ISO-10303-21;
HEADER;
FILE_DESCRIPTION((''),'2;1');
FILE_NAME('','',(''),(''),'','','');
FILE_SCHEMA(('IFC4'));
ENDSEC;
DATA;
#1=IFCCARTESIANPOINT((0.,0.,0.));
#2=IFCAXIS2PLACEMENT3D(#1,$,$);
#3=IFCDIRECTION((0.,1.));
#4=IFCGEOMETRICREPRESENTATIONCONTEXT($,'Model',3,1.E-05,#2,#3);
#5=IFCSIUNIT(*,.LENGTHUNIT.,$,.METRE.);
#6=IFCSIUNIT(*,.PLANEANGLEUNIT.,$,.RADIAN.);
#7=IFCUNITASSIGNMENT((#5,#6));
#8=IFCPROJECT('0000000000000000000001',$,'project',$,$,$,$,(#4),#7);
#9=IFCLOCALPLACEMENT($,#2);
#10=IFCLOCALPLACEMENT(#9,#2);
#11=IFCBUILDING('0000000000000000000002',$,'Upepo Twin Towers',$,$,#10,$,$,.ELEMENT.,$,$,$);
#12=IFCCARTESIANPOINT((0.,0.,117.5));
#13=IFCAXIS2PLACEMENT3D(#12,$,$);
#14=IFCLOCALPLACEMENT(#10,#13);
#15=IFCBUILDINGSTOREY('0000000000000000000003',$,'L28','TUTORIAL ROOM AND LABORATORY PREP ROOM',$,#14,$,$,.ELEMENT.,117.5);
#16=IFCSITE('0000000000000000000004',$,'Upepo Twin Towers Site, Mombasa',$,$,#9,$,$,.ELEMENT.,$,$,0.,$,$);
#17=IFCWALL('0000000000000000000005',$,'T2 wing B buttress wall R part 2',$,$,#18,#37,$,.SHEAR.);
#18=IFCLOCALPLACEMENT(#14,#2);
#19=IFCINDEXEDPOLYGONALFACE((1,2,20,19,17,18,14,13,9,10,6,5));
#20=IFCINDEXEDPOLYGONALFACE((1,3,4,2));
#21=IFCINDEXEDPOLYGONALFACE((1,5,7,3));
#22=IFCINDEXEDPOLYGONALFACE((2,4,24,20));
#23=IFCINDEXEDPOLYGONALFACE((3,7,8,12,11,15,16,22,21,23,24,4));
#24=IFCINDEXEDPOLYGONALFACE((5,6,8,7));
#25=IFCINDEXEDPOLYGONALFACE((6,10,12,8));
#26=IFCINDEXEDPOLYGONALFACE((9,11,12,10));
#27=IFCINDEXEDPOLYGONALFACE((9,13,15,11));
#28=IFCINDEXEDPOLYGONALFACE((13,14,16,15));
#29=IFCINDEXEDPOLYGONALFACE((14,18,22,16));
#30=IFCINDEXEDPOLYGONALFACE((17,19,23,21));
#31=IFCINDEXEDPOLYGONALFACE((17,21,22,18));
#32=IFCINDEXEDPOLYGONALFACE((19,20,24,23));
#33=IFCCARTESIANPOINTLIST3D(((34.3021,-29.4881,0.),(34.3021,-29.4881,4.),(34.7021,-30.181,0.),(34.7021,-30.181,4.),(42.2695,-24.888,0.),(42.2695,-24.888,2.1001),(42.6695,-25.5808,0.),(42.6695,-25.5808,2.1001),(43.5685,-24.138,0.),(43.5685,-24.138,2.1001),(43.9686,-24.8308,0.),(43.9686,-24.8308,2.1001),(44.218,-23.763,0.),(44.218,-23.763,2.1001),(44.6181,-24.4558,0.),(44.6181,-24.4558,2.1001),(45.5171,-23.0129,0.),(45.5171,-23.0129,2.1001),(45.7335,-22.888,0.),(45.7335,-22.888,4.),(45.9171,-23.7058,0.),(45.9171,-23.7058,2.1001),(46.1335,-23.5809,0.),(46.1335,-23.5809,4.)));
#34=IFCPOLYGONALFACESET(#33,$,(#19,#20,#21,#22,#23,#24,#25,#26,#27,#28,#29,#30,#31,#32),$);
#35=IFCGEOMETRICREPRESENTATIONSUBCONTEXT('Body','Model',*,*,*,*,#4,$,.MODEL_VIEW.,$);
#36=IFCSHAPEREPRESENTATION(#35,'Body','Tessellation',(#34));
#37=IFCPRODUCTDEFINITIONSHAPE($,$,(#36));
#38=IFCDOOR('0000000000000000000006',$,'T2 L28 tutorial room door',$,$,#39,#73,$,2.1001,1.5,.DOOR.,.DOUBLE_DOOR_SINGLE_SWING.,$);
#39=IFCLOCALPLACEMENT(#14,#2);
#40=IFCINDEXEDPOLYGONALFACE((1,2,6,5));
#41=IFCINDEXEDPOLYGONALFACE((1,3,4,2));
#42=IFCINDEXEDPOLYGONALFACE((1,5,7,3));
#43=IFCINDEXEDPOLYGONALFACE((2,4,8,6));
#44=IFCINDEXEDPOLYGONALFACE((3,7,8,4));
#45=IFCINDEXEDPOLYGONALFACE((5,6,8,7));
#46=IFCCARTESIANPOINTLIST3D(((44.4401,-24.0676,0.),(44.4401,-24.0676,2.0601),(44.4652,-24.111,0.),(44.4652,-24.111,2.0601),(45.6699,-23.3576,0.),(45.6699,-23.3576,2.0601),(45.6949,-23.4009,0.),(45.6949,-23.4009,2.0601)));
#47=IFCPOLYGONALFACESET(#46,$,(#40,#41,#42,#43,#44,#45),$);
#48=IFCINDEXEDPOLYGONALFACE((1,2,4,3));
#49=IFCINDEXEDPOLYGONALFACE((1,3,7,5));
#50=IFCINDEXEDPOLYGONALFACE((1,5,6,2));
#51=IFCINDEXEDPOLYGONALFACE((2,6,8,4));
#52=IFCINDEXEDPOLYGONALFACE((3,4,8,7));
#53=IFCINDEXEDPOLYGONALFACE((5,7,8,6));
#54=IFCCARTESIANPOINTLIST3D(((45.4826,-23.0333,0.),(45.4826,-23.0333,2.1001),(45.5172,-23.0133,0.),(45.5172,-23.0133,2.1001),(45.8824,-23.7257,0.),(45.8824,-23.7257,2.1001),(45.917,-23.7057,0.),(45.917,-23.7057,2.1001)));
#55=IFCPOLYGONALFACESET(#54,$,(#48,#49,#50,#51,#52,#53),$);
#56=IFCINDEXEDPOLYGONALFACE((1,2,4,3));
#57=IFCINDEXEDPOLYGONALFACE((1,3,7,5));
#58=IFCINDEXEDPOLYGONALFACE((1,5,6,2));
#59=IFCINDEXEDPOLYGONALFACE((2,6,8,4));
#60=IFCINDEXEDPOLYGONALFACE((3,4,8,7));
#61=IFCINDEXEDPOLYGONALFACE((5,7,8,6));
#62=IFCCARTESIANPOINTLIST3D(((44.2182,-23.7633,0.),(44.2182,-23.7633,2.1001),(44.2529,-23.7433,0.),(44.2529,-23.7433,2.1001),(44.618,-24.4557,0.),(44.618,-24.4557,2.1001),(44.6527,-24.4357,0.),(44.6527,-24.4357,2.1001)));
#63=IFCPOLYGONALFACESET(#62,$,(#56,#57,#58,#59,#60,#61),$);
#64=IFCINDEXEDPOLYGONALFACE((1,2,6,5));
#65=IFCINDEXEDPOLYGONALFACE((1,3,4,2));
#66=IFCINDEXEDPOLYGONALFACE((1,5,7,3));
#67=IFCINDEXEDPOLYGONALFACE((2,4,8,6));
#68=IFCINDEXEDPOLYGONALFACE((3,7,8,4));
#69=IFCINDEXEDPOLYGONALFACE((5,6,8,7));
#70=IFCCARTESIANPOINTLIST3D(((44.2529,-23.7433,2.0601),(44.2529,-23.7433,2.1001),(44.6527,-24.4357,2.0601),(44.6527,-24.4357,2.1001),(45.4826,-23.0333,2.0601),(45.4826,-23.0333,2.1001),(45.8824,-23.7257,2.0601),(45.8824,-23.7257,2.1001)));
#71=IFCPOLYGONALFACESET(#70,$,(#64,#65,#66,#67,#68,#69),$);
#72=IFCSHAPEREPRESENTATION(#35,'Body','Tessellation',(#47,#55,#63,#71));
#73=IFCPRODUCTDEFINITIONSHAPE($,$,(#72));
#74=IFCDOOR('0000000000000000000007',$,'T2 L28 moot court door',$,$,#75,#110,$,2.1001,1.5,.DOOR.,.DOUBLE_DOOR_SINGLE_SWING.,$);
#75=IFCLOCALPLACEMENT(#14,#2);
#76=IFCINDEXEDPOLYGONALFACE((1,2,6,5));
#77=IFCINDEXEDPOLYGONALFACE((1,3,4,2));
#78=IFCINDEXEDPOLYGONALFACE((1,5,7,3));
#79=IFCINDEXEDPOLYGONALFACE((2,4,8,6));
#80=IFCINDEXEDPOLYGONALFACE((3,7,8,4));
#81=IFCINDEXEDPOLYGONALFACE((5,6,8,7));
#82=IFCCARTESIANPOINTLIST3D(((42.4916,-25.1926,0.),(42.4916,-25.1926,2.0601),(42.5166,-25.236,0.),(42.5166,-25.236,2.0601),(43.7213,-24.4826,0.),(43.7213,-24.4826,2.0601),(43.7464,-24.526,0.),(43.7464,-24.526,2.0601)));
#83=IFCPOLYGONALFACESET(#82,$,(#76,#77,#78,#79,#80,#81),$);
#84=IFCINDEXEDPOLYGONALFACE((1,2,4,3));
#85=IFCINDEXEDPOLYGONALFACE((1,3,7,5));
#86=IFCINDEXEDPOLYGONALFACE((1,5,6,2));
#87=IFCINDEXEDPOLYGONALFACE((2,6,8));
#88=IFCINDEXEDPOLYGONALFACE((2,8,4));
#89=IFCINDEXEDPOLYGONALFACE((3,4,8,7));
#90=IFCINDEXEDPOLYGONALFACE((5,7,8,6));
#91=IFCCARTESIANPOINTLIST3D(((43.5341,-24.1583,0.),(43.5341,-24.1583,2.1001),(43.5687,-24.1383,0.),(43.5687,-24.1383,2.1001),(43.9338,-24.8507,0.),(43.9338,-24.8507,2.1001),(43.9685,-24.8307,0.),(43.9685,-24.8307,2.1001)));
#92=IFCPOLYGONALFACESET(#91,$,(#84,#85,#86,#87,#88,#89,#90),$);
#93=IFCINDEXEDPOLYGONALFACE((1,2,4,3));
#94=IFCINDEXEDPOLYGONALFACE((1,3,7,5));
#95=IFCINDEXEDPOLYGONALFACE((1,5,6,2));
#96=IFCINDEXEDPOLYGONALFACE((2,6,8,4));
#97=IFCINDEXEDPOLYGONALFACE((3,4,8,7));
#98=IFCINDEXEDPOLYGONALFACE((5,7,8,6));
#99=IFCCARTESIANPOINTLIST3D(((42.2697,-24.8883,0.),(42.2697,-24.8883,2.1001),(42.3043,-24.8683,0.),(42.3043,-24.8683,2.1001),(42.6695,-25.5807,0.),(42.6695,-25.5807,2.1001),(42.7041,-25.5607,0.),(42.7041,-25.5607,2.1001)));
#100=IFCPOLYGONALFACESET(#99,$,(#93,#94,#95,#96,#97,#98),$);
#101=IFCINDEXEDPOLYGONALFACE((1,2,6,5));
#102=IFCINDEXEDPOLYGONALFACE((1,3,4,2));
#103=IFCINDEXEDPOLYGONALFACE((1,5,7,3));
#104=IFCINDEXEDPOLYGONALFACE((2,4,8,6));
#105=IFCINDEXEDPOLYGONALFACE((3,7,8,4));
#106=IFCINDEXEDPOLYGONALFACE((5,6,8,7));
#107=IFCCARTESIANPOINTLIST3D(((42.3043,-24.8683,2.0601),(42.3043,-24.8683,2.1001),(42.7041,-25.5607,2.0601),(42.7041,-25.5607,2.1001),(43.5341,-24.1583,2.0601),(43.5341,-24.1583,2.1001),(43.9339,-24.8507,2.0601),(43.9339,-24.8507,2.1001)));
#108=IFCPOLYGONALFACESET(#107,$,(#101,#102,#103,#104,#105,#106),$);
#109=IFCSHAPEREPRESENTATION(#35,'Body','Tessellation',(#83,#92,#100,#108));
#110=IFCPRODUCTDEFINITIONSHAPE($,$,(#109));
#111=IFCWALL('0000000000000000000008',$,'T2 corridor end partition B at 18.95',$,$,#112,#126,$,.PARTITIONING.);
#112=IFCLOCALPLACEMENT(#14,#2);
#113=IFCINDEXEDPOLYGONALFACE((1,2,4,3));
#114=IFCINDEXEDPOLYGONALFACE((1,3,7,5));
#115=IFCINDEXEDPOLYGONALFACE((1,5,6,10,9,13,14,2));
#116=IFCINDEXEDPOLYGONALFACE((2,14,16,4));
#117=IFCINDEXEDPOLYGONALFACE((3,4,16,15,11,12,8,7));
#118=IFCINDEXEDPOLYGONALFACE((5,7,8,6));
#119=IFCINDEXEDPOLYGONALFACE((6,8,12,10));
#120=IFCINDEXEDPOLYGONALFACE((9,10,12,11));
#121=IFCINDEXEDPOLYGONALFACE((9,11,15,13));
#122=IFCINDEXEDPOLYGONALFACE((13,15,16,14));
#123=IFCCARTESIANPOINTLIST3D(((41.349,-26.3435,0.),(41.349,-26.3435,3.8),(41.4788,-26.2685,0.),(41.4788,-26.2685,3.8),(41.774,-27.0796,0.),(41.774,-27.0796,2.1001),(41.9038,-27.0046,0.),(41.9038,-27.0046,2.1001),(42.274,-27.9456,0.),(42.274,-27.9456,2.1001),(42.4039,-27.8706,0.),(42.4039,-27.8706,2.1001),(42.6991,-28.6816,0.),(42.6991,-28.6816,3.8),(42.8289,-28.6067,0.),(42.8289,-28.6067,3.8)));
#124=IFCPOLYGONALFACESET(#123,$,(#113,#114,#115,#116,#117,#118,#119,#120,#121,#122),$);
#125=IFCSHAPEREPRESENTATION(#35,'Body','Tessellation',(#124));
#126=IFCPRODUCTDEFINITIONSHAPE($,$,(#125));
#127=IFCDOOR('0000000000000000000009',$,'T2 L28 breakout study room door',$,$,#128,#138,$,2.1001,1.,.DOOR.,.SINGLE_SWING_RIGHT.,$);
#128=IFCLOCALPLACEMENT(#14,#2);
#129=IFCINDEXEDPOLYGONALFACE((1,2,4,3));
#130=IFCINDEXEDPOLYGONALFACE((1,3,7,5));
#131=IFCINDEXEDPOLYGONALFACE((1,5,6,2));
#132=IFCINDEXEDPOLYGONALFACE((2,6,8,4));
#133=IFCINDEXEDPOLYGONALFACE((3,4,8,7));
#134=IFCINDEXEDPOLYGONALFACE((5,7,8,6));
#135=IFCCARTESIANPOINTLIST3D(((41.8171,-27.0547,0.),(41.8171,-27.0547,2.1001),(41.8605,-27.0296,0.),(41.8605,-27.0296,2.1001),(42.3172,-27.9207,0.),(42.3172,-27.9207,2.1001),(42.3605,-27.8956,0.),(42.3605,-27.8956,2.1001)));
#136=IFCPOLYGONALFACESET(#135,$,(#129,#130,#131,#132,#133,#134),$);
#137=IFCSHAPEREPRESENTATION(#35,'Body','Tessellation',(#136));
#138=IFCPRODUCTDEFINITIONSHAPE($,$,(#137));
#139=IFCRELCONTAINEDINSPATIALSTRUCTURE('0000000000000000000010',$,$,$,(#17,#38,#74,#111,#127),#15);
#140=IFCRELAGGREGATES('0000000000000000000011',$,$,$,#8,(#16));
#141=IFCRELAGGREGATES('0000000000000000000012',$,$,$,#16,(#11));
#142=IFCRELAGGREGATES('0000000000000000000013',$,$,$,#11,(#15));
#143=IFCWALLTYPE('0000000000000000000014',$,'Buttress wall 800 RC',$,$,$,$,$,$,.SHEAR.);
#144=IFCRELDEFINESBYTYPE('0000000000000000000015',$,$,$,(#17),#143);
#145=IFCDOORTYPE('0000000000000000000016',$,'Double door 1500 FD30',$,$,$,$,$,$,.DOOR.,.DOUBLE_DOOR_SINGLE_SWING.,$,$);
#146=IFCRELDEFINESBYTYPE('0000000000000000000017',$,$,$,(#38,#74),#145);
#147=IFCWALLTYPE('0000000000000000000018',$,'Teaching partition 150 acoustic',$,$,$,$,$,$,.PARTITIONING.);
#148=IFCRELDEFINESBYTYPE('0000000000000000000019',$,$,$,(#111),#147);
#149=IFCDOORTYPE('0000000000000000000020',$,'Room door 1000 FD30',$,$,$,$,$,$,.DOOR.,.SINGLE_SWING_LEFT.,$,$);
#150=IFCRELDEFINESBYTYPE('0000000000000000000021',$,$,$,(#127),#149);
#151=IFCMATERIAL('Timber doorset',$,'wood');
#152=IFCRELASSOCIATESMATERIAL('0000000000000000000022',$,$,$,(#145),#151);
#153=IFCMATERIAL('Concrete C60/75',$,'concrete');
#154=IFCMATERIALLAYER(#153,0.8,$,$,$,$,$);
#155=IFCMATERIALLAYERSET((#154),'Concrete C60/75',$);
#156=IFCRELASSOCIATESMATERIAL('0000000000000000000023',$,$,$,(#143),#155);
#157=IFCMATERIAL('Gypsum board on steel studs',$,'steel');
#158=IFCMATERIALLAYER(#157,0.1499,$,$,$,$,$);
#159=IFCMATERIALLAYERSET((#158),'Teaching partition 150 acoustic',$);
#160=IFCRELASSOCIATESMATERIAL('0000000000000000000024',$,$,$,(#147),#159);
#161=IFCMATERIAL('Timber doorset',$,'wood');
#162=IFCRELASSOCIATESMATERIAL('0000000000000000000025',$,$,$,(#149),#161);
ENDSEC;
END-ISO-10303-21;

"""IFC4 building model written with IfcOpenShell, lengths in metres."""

from ifc_helpers import new_model, si_unit, direction, frame, frame_2d, origin, place, context, subcontext, project, spatial, rectangle, extrude, material, layer, layer_set, type_object, element, fill, save


model = new_model("IFC4")

# Units and contexts
model_context = context("Model", 3, precision=1e-05, world=origin(), true_north=direction((0.0, 1.0)))
body_context = subcontext(model_context, "Body", "Model", "MODEL_VIEW")
ifc_project = project(units=[si_unit("LENGTHUNIT", "METRE"), si_unit("PLANEANGLEUNIT", "RADIAN")], contexts=[model_context])

# Site, building, storey
site_placement = place(None, origin())
site = spatial("IfcSite", under=ifc_project, at=site_placement, Name="Upepo Twin Towers Site, Mombasa", CompositionType="ELEMENT", RefElevation=0.0)
building_placement = place(site_placement, origin())
building = spatial("IfcBuilding", under=site, at=building_placement, Name="Upepo Twin Towers", CompositionType="ELEMENT")
storey_placement = place(building_placement, frame((0.0, 0.0, 117.5)))
storey = spatial("IfcBuildingStorey", under=building, at=storey_placement, Name="L28", Description="TUTORIAL ROOM AND LABORATORY PREP ROOM", CompositionType="ELEMENT", Elevation=117.5)

# Shared definitions
ifc_material_1 = material(Name="Timber doorset", Category="wood")
door_type_1 = type_object("IfcDoorType", Name="Double door 1500 FD30", OperationType="DOUBLE_DOOR_SINGLE_SWING", PredefinedType="DOOR", material=ifc_material_1)

# Wall, openings, doors
ifc_material_2 = material(Name="Concrete C60/75", Category="concrete")
ifc_layer_1 = layer(ifc_material_2, 0.8)
ifc_layer_set_1 = layer_set([ifc_layer_1], Name="Concrete C60/75")
wall_type_1 = type_object("IfcWallType", Name="Buttress wall 800 RC", PredefinedType="SHEAR", material=ifc_layer_set_1)
wall_1_placement = place(storey_placement, frame((45.9336, -23.2344, 0.0), z_axis=(0.0, 0.0, 1.0), x_axis=(-0.86602, -0.50001, 0.0)))
wall_1 = element("IfcWall", 1, at=wall_1_placement, inside=storey, type_object=wall_type_1, Name="T2 wing B buttress wall R part 2", PredefinedType="SHEAR", context=body_context, shape_type="SweptSolid", body=[
    extrude(rectangle(XDim=13.2, YDim=0.8, at=frame_2d((6.6001, 0.0))), origin(), (0.0, 0.0, 1.0), 4.0),
])
opening_1_placement = place(wall_1_placement, frame((0.25, 0.0, 0.0)))
opening_1 = element("IfcOpeningElement", 2, at=opening_1_placement, cuts=wall_1, PredefinedType="OPENING", context=body_context, shape_type="SweptSolid", body=[
    extrude(rectangle(XDim=1.5, YDim=2.1001, at=frame_2d((0.75, 1.05))), frame((0.0, 0.4099, 0.0), z_axis=(0.0, -1.0, 0.0), x_axis=(1.0, 0.0, 0.0)), (0.0, 0.0, 1.0), 0.8201),
])
opening_2_placement = place(wall_1_placement, frame((2.5, 0.0, 0.0)))
opening_2 = element("IfcOpeningElement", 3, at=opening_2_placement, cuts=wall_1, PredefinedType="OPENING", context=body_context, shape_type="SweptSolid", body=[
    extrude(rectangle(XDim=1.5, YDim=2.1001, at=frame_2d((0.75, 1.05))), frame((0.0, 0.4099, 0.0), z_axis=(0.0, -1.0, 0.0), x_axis=(1.0, 0.0, 0.0)), (0.0, 0.0, 1.0), 0.8201),
])
door_1_placement = place(opening_1_placement, origin())
door_1 = element("IfcDoor", 4, at=door_1_placement, inside=storey, type_object=door_type_1, Name="T2 L28 tutorial room door", OperationType="DOUBLE_DOOR_SINGLE_SWING", OverallHeight=2.1001, OverallWidth=1.5, PredefinedType="DOOR", context=body_context, shape_type="SweptSolid", body=[
    extrude(rectangle(XDim=1.42, YDim=2.0601, at=frame_2d((0.75, 1.03))), frame((0.0, 0.0249, 0.0), z_axis=(0.0, -1.0, 0.0), x_axis=(1.0, 0.0, 0.0)), (0.0, 0.0, 1.0), 0.05),
    extrude(rectangle(XDim=0.04, YDim=2.1001, at=frame_2d((0.02, 1.05))), frame((0.0, 0.3999, 0.0), z_axis=(0.0, -1.0, 0.0), x_axis=(1.0, 0.0, 0.0)), (0.0, 0.0, 1.0), 0.7996),
    extrude(rectangle(XDim=0.04, YDim=2.1001, at=frame_2d((1.48, 1.05))), frame((0.0, 0.3999, 0.0), z_axis=(0.0, -1.0, 0.0), x_axis=(1.0, 0.0, 0.0)), (0.0, 0.0, 1.0), 0.7996),
    extrude(rectangle(XDim=1.42, YDim=0.04, at=frame_2d((0.75, 2.0801))), frame((0.0, 0.3999, 0.0), z_axis=(0.0, -1.0, 0.0), x_axis=(1.0, 0.0, 0.0)), (0.0, 0.0, 1.0), 0.7996),
])
fill(opening_1, door_1)
door_2_placement = place(opening_2_placement, origin())
door_2 = element("IfcDoor", 5, at=door_2_placement, inside=storey, type_object=door_type_1, Name="T2 L28 moot court door", OperationType="DOUBLE_DOOR_SINGLE_SWING", OverallHeight=2.1001, OverallWidth=1.5, PredefinedType="DOOR", context=body_context, shape_type="SweptSolid", body=[
    extrude(rectangle(XDim=1.42, YDim=2.0601, at=frame_2d((0.75, 1.03))), frame((0.0, 0.0249, 0.0), z_axis=(0.0, -1.0, 0.0), x_axis=(1.0, 0.0, 0.0)), (0.0, 0.0, 1.0), 0.05),
    extrude(rectangle(XDim=0.04, YDim=2.1001, at=frame_2d((0.02, 1.05))), frame((0.0, 0.3999, 0.0), z_axis=(0.0, -1.0, 0.0), x_axis=(1.0, 0.0, 0.0)), (0.0, 0.0, 1.0), 0.7996),
    extrude(rectangle(XDim=0.04, YDim=2.1001, at=frame_2d((1.48, 1.05))), frame((0.0, 0.3999, 0.0), z_axis=(0.0, -1.0, 0.0), x_axis=(1.0, 0.0, 0.0)), (0.0, 0.0, 1.0), 0.7996),
    extrude(rectangle(XDim=1.42, YDim=0.04, at=frame_2d((0.75, 2.0801))), frame((0.0, 0.3999, 0.0), z_axis=(0.0, -1.0, 0.0), x_axis=(1.0, 0.0, 0.0)), (0.0, 0.0, 1.0), 0.7996),
])
fill(opening_2, door_2)

# Wall, opening, door
ifc_material_3 = material(Name="Gypsum board on steel studs", Category="steel")
ifc_layer_2 = layer(ifc_material_3, 0.1499)
ifc_layer_set_2 = layer_set([ifc_layer_2], Name="Teaching partition 150 acoustic")
wall_type_2 = type_object("IfcWallType", Name="Teaching partition 150 acoustic", PredefinedType="PARTITIONING", material=ifc_layer_set_2)
wall_2_placement = place(storey_placement, frame((41.4138, -26.3059, 0.0), z_axis=(0.0, 0.0, 1.0), x_axis=(0.500049, -0.865997, 0.0)))
wall_2 = element("IfcWall", 6, at=wall_2_placement, inside=storey, type_object=wall_type_2, Name="T2 corridor end partition B at 18.95", PredefinedType="PARTITIONING", context=body_context, shape_type="SweptSolid", body=[
    extrude(rectangle(XDim=2.7, YDim=0.1499, at=frame_2d((1.3501, 0.0))), origin(), (0.0, 0.0, 1.0), 3.8),
])
opening_3_placement = place(wall_2_placement, frame((0.8501, 0.0, 0.0)))
opening_3 = element("IfcOpeningElement", 7, at=opening_3_placement, cuts=wall_2, PredefinedType="OPENING", context=body_context, shape_type="SweptSolid", body=[
    extrude(rectangle(XDim=1.0, YDim=2.1001, at=frame_2d((0.5, 1.05))), frame((0.0, 0.085, 0.0), z_axis=(0.0, -1.0, 0.0), x_axis=(1.0, 0.0, 0.0)), (0.0, 0.0, 1.0), 0.1699),
])
ifc_material_4 = material(Name="Timber doorset", Category="wood")
door_type_2 = type_object("IfcDoorType", Name="Room door 1000 FD30", OperationType="SINGLE_SWING_LEFT", PredefinedType="DOOR", material=ifc_material_4)
door_3_placement = place(opening_3_placement, origin())
door_3 = element("IfcDoor", 8, at=door_3_placement, inside=storey, type_object=door_type_2, Name="T2 L28 breakout study room door", OperationType="SINGLE_SWING_RIGHT", OverallHeight=2.1001, OverallWidth=1.0, PredefinedType="DOOR", context=body_context, shape_type="SweptSolid", body=[
    extrude(rectangle(XDim=1.0, YDim=2.1001, at=frame_2d((0.5, 1.05))), frame((0.0, 0.0249, 0.0), z_axis=(0.0, -1.0, 0.0), x_axis=(1.0, 0.0, 0.0)), (0.0, 0.0, 1.0), 0.05),
])
fill(opening_3, door_3)

save(model, "model.ifc")
